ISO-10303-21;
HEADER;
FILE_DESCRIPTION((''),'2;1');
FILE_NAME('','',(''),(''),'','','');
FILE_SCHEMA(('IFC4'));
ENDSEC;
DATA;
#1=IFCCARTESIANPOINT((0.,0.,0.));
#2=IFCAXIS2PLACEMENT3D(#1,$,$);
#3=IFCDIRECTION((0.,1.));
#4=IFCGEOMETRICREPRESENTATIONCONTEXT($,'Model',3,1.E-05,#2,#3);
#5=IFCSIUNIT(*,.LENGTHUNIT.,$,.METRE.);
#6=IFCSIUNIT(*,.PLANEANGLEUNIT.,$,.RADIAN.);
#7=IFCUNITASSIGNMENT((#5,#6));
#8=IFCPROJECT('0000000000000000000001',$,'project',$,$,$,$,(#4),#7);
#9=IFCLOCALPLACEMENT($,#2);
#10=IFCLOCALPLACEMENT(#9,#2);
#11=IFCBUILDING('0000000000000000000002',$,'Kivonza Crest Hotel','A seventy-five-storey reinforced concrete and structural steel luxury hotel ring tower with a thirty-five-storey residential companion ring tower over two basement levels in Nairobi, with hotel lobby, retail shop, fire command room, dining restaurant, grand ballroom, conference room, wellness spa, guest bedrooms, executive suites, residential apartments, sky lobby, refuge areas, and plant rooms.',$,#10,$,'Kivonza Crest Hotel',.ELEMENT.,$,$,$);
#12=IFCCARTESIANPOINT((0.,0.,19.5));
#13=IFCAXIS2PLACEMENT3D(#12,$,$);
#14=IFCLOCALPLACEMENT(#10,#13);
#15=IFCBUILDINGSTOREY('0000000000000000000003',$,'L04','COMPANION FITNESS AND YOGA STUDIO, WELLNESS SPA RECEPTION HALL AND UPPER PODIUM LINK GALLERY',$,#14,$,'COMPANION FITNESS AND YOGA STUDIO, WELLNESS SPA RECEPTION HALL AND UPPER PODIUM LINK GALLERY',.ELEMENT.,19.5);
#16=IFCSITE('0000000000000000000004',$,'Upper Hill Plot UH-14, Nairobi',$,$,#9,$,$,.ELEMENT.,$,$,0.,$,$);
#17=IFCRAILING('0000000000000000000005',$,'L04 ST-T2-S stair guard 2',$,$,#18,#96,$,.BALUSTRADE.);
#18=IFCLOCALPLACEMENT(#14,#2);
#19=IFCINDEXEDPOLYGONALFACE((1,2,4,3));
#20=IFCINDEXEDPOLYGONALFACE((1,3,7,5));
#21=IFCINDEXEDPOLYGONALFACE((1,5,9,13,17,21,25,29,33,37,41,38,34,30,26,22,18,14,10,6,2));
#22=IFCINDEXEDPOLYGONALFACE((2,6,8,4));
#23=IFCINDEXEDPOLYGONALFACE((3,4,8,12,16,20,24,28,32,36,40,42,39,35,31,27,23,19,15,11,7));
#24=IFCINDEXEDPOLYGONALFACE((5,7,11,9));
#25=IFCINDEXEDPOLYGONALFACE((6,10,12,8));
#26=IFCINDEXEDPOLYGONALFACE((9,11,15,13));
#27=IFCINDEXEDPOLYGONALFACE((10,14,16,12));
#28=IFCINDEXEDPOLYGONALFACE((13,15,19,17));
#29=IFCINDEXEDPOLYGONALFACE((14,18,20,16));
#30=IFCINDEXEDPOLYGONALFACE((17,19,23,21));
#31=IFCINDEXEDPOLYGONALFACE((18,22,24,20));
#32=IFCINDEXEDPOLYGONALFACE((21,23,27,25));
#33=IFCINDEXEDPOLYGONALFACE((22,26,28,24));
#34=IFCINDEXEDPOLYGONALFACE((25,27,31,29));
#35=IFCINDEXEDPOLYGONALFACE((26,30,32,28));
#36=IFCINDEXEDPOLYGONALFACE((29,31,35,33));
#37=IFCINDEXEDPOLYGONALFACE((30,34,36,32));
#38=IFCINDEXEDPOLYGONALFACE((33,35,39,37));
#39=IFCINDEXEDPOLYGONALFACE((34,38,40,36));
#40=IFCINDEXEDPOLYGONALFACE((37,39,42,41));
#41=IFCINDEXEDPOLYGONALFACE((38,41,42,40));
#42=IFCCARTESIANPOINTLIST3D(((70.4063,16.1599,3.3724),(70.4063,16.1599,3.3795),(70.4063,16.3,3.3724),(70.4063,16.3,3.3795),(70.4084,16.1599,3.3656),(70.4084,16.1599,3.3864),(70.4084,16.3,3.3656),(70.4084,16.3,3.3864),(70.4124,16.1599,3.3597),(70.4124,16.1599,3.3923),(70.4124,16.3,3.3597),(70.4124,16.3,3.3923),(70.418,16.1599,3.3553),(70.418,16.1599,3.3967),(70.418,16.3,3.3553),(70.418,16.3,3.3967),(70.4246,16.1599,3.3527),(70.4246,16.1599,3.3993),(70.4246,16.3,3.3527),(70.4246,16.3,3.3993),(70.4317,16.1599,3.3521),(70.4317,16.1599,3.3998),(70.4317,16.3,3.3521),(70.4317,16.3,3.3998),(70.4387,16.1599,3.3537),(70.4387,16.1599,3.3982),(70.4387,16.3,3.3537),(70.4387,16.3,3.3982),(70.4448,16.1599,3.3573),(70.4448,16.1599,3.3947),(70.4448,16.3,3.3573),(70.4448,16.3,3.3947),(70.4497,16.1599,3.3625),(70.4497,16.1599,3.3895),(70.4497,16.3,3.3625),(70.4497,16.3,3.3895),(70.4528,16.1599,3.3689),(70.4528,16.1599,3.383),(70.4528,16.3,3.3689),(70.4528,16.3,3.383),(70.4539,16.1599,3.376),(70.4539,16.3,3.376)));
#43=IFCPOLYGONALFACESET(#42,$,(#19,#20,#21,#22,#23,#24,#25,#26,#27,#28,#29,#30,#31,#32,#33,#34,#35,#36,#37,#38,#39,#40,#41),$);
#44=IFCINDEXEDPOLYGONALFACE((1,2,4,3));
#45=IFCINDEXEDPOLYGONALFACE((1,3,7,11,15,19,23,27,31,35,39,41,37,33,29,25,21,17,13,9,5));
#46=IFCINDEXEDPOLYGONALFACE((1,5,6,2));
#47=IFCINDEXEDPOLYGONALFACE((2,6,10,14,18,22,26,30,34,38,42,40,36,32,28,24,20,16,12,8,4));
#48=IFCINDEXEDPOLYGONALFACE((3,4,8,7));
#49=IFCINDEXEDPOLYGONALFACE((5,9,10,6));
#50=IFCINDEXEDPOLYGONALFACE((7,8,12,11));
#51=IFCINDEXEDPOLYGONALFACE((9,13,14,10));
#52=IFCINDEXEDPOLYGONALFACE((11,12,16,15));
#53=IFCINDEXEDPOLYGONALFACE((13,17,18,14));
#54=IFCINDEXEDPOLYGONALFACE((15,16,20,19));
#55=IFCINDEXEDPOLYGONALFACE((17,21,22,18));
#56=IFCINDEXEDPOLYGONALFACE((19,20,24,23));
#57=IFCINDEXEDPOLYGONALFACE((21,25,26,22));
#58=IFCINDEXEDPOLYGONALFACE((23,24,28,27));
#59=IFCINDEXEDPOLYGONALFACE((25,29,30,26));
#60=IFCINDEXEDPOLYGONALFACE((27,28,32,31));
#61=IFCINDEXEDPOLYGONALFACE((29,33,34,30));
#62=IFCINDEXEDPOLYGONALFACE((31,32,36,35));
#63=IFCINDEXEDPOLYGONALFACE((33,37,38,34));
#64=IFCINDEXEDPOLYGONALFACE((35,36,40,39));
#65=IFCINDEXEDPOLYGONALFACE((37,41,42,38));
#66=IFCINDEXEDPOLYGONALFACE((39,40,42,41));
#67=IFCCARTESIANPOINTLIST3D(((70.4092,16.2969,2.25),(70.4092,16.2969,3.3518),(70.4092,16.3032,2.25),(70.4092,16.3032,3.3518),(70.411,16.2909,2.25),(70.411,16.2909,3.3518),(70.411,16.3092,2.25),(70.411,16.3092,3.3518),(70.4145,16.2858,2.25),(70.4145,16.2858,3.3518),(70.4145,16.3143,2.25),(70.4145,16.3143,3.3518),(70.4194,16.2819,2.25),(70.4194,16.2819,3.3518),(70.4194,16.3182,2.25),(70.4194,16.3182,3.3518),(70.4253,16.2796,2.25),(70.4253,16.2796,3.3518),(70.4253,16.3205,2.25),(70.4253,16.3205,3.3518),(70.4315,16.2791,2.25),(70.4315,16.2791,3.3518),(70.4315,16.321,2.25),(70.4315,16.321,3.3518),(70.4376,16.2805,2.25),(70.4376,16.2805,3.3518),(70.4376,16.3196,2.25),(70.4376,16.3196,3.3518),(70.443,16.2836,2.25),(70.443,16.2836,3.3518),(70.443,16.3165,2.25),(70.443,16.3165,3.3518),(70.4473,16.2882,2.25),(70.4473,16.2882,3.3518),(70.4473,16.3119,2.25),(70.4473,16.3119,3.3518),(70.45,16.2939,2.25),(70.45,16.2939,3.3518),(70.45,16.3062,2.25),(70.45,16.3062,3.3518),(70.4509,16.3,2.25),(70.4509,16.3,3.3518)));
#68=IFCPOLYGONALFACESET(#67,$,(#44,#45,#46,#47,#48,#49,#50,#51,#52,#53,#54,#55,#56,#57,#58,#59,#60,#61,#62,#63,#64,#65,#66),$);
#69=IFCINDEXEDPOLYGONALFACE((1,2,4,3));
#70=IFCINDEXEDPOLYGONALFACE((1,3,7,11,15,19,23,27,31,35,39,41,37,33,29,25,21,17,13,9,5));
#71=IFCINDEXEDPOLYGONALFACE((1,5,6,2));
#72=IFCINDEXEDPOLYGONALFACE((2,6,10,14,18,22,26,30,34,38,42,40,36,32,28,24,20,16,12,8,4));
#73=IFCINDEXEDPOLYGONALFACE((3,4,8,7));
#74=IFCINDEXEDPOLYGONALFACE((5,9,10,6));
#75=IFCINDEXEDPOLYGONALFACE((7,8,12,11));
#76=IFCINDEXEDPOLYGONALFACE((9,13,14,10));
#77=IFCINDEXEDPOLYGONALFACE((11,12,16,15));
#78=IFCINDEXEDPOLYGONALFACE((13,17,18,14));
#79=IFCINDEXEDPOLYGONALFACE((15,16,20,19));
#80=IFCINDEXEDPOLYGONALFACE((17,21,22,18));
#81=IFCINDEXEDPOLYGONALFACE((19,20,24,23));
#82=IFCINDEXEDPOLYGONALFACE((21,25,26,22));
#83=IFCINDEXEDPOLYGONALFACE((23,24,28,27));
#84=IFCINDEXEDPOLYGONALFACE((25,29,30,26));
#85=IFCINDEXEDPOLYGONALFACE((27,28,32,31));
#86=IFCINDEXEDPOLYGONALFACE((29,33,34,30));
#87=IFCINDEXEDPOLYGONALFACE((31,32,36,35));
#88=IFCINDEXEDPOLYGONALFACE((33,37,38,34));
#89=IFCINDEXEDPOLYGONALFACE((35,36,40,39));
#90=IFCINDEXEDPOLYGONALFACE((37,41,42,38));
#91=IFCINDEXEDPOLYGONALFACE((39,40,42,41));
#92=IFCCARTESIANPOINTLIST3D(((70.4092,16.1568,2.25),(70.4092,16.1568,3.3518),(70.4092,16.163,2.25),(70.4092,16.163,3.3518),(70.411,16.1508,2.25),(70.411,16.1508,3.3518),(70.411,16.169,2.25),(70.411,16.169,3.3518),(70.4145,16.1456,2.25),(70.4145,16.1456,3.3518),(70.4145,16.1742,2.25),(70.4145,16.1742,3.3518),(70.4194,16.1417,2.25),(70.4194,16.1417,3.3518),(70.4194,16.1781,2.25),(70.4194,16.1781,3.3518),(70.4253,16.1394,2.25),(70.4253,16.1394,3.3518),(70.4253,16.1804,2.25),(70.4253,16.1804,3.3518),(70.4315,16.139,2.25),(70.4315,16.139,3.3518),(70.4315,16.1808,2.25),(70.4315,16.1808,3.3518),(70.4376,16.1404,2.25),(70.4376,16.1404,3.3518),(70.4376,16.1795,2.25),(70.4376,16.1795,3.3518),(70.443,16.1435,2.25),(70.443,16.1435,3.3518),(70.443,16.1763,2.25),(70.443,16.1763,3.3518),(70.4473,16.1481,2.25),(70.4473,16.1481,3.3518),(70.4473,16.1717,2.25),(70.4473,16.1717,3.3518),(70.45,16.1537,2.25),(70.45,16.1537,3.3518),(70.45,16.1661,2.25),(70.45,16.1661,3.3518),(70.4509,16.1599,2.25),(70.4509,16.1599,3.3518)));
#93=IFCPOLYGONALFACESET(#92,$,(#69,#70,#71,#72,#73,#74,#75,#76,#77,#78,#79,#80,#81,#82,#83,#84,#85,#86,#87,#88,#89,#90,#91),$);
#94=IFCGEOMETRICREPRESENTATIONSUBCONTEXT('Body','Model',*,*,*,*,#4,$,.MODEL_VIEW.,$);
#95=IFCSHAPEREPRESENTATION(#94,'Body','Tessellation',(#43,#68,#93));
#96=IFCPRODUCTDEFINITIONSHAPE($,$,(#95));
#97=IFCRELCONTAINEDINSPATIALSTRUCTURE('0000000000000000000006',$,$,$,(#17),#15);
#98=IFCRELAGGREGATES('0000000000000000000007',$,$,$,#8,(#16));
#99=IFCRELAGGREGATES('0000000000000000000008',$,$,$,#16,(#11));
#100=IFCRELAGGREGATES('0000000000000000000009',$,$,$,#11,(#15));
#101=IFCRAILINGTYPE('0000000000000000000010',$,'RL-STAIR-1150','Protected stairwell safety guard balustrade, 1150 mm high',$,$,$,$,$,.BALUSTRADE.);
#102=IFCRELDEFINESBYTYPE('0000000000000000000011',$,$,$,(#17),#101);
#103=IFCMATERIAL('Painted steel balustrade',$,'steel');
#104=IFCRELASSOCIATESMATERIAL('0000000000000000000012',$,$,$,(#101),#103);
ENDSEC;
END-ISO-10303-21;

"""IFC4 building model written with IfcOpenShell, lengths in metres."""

from ifc_helpers import new_model, si_unit, direction, frame, origin, origin_2d, place, context, subcontext, project, spatial, circle, extrude, material, type_object, element, save


model = new_model("IFC4")

# Units and contexts
model_context = context("Model", 3, precision=1e-05, world=origin(), true_north=direction((0.0, 1.0)))
body_context = subcontext(model_context, "Body", "Model", "MODEL_VIEW")
ifc_project = project(units=[si_unit("LENGTHUNIT", "METRE"), si_unit("PLANEANGLEUNIT", "RADIAN")], contexts=[model_context])

# Site, building, storey
site_placement = place(None, origin())
site = spatial("IfcSite", under=ifc_project, at=site_placement, Name="Upper Hill Plot UH-14, Nairobi", CompositionType="ELEMENT", RefElevation=0.0)
building_placement = place(site_placement, origin())
building = spatial("IfcBuilding", under=site, at=building_placement, Name="Kivonza Crest Hotel", Description="A seventy-five-storey reinforced concrete and structural steel luxury hotel ring tower with a thirty-five-storey residential companion ring tower over two basement levels in Nairobi, with hotel lobby, retail shop, fire command room, dining restaurant, grand ballroom, conference room, wellness spa, guest bedrooms, executive suites, residential apartments, sky lobby, refuge areas, and plant rooms.", LongName="Kivonza Crest Hotel", CompositionType="ELEMENT")
storey_placement = place(building_placement, frame((0.0, 0.0, 19.5)))
storey = spatial("IfcBuildingStorey", under=building, at=storey_placement, Name="L04", Description="COMPANION FITNESS AND YOGA STUDIO, WELLNESS SPA RECEPTION HALL AND UPPER PODIUM LINK GALLERY", LongName="COMPANION FITNESS AND YOGA STUDIO, WELLNESS SPA RECEPTION HALL AND UPPER PODIUM LINK GALLERY", CompositionType="ELEMENT", Elevation=19.5)

# Railing
ifc_material_1 = material(Name="Painted steel balustrade", Category="steel")
railing_type_1 = type_object("IfcRailingType", Name="RL-STAIR-1150", Description="Protected stairwell safety guard balustrade, 1150 mm high", PredefinedType="BALUSTRADE", material=ifc_material_1)
railing_1_placement = place(storey_placement, frame((70.4299, 16.3, 2.25)))
element("IfcRailing", 1, at=railing_1_placement, inside=storey, type_object=railing_type_1, Name="L04 ST-T2-S stair guard 2", PredefinedType="BALUSTRADE", context=body_context, shape_type="SweptSolid", body=[
    extrude(circle(Radius=0.0239, at=origin_2d()), frame((0.0, 0.0, 1.126), z_axis=(0.0, -1.0, 0.0), x_axis=(1.0, 0.0, 0.0)), (0.0, 0.0, 1.0), 0.1401),
    extrude(circle(Radius=0.021, at=origin_2d()), origin(), (0.0, 0.0, 1.0), 1.1018),
    extrude(circle(Radius=0.021, at=origin_2d()), frame((0.0, -0.1401, 0.0)), (0.0, 0.0, 1.0), 1.1018),
])

save(model, "model.ifc")
